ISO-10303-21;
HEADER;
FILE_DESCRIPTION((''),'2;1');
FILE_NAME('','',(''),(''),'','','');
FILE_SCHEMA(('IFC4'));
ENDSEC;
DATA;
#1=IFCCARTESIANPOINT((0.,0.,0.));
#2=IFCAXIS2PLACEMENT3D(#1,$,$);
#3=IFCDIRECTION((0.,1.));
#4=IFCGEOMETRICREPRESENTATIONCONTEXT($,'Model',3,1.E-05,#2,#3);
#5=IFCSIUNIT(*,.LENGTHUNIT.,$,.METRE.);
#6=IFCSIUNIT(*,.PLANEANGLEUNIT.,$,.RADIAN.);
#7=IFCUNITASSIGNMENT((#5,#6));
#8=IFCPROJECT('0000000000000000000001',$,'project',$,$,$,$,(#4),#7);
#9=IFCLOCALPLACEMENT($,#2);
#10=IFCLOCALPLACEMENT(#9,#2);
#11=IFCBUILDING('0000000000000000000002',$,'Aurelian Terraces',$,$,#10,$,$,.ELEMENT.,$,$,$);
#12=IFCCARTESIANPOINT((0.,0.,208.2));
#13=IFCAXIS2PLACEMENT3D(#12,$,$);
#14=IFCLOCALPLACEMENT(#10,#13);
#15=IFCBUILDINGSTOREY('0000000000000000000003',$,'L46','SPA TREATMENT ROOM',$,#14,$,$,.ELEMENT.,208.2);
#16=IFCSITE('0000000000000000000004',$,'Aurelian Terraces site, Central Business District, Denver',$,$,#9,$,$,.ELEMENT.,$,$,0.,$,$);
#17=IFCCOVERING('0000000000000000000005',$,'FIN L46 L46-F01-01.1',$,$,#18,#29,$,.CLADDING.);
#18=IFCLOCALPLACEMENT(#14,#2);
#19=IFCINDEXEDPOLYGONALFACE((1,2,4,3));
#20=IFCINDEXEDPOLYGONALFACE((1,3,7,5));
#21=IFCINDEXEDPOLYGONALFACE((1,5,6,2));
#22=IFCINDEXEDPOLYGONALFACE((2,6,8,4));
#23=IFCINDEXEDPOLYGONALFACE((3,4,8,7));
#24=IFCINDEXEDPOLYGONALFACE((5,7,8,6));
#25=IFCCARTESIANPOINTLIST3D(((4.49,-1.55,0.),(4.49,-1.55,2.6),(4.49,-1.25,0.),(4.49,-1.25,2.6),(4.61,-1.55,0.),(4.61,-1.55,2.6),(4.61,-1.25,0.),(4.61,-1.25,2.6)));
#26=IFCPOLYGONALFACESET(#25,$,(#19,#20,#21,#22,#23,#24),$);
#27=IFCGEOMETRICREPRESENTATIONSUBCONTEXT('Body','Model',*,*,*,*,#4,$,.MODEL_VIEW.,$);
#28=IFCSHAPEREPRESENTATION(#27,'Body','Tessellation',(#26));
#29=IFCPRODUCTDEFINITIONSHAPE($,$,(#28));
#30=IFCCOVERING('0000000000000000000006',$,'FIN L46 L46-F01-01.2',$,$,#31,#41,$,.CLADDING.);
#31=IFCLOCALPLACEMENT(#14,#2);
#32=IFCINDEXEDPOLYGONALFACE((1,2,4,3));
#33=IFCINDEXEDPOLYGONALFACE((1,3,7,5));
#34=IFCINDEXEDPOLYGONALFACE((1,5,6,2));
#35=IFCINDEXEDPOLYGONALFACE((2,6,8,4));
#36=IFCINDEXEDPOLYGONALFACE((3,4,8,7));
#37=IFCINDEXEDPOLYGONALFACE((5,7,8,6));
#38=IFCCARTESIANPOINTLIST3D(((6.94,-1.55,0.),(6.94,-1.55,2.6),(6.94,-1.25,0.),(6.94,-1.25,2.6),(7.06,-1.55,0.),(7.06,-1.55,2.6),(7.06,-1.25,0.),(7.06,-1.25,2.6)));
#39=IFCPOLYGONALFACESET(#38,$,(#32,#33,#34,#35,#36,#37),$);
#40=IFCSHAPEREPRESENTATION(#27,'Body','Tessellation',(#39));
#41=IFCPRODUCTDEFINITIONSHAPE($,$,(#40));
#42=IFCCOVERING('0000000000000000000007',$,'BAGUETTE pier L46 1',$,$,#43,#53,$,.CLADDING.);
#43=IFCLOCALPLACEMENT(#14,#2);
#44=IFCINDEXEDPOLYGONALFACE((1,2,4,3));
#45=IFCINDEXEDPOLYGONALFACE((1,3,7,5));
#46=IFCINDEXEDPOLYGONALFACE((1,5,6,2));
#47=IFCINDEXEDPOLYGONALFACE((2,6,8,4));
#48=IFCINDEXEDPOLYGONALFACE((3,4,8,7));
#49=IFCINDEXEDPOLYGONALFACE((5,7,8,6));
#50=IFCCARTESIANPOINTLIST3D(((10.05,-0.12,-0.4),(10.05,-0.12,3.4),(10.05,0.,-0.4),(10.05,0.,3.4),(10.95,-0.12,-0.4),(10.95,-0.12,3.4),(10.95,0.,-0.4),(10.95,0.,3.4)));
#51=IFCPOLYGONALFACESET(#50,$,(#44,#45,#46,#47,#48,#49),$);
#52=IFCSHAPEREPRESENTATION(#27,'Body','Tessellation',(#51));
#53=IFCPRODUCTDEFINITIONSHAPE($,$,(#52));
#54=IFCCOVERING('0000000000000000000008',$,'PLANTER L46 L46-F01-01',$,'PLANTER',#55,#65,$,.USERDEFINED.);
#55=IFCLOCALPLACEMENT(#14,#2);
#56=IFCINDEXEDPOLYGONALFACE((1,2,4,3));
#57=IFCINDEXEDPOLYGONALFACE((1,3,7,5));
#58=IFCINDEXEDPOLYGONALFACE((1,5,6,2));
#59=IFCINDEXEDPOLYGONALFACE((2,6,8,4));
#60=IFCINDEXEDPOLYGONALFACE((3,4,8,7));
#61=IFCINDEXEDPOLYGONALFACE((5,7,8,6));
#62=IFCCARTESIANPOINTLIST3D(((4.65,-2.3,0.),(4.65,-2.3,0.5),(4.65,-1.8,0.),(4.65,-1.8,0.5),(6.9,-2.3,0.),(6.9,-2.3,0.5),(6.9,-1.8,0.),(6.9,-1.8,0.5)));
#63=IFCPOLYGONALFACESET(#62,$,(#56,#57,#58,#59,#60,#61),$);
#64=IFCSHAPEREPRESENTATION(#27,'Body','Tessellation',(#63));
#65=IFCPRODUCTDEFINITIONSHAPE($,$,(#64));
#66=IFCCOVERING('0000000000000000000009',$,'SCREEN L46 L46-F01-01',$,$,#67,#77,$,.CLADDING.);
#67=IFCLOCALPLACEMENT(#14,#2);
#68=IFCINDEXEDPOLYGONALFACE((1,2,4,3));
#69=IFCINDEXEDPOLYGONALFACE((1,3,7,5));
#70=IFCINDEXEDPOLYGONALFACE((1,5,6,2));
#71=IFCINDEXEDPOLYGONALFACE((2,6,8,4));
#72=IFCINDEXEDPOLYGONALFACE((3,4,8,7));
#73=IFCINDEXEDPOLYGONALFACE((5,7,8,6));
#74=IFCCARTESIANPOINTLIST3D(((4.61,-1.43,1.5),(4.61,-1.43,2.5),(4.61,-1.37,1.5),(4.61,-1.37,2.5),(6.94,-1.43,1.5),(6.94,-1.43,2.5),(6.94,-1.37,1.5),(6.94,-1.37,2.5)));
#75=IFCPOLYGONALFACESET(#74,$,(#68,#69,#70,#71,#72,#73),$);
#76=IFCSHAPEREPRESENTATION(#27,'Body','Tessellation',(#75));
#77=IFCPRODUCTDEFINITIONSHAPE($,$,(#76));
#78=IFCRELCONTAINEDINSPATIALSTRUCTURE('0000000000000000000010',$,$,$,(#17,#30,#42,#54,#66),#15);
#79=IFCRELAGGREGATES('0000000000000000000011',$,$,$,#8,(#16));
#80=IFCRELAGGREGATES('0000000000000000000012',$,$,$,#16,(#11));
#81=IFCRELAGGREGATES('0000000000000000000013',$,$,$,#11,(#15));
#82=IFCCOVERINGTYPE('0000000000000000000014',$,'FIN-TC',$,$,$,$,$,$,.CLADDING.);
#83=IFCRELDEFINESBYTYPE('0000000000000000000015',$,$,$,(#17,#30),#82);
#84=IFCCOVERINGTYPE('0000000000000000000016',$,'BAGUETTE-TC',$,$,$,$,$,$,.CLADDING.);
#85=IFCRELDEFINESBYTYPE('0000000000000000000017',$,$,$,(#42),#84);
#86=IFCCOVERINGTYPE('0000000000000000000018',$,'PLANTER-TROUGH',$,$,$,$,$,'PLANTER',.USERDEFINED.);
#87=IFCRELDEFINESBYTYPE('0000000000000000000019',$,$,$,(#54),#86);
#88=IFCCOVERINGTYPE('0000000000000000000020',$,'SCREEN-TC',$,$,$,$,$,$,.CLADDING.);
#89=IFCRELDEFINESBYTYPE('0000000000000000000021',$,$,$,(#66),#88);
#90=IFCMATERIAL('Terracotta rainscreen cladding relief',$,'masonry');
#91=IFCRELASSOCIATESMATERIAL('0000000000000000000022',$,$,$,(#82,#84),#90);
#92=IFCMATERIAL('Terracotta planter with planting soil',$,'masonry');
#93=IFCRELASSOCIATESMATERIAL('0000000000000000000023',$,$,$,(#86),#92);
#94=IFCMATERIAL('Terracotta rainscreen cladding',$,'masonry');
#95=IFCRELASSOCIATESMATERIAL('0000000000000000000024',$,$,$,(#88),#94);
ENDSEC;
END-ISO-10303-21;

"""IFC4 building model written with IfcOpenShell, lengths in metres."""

from ifc_helpers import new_model, si_unit, direction, frame, origin, origin_2d, place, context, subcontext, project, spatial, rectangle, extrude, source, transform, mapped, material, type_object, element, save


model = new_model("IFC4")

# Units and contexts
model_context = context("Model", 3, precision=1e-05, world=origin(), true_north=direction((0.0, 1.0)))
body_context = subcontext(model_context, "Body", "Model", "MODEL_VIEW")
ifc_project = project(units=[si_unit("LENGTHUNIT", "METRE"), si_unit("PLANEANGLEUNIT", "RADIAN")], contexts=[model_context])

# Site, building, storey
site_placement = place(None, origin())
site = spatial("IfcSite", under=ifc_project, at=site_placement, Name="Aurelian Terraces site, Central Business District, Denver", CompositionType="ELEMENT", RefElevation=0.0)
building_placement = place(site_placement, origin())
building = spatial("IfcBuilding", under=site, at=building_placement, Name="Aurelian Terraces", CompositionType="ELEMENT")
storey_placement = place(building_placement, frame((0.0, 0.0, 208.2)))
storey = spatial("IfcBuildingStorey", under=building, at=storey_placement, Name="L46", Description="SPA TREATMENT ROOM", CompositionType="ELEMENT", Elevation=208.2)

# Shared definitions
ifc_material_1 = material(Name="Terracotta rainscreen cladding", Category="masonry")

# Coverings
ifc_material_2 = material(Name="Terracotta rainscreen cladding relief", Category="masonry")
covering_type_1 = type_object("IfcCoveringType", Name="FIN-TC", PredefinedType="CLADDING", material=ifc_material_2)
shared_shape_1 = source(origin(), body_context, "Body", "SweptSolid", [
    extrude(rectangle(XDim=0.12, YDim=0.3, at=origin_2d()), origin(), (0.0, 0.0, 1.0), 2.6),
])
for number, where, z_axis, x_axis, name in (
    (1, (4.55, -1.4, 0.0), (0.0, 0.0, 1.0), (1.0, 0.0, 0.0), "FIN L46 L46-F01-01.1"),
    (2, (7.0, -1.4, 0.0), (0.0, 0.0, 1.0), (1.0, 0.0, 0.0), "FIN L46 L46-F01-01.2"),
):
    element("IfcCovering", number, at=place(storey_placement, frame(where, z_axis=z_axis, x_axis=x_axis)), inside=storey, type_object=covering_type_1, Name=name, PredefinedType="CLADDING", context=body_context, shape_type="MappedRepresentation", body=[
        mapped(shared_shape_1, transform((0.0, 0.0, 0.0), scale=1.0)),
    ])
covering_type_2 = type_object("IfcCoveringType", Name="BAGUETTE-TC", PredefinedType="CLADDING", material=ifc_material_2)
shared_shape_2 = source(origin(), body_context, "Body", "SweptSolid", [
    extrude(rectangle(XDim=0.9, YDim=0.12, at=origin_2d()), origin(), (0.0, 0.0, 1.0), 3.8),
])
covering_1_placement = place(storey_placement, frame((10.5, -0.06, -0.4), z_axis=(0.0, 0.0, 1.0), x_axis=(1.0, 0.0, 0.0)))
element("IfcCovering", 3, at=covering_1_placement, inside=storey, type_object=covering_type_2, Name="BAGUETTE pier L46 1", PredefinedType="CLADDING", context=body_context, shape_type="MappedRepresentation", body=[
    mapped(shared_shape_2, transform((0.0, 0.0, 0.0), scale=1.0)),
])

# Coverings
ifc_material_3 = material(Name="Terracotta planter with planting soil", Category="masonry")
covering_type_3 = type_object("IfcCoveringType", Name="PLANTER-TROUGH", ElementType="PLANTER", PredefinedType="USERDEFINED", material=ifc_material_3)
shared_shape_3 = source(origin(), body_context, "Body", "SweptSolid", [
    extrude(rectangle(XDim=2.25, YDim=0.5, at=origin_2d()), origin(), (0.0, 0.0, 1.0), 0.5),
])
covering_2_placement = place(storey_placement, frame((5.775, -2.05, 0.0), z_axis=(0.0, 0.0, 1.0), x_axis=(1.0, 0.0, 0.0)))
element("IfcCovering", 4, at=covering_2_placement, inside=storey, type_object=covering_type_3, Name="PLANTER L46 L46-F01-01", ObjectType="PLANTER", PredefinedType="USERDEFINED", context=body_context, shape_type="MappedRepresentation", body=[
    mapped(shared_shape_3, transform((0.0, 0.0, 0.0), scale=1.0)),
])
covering_type_4 = type_object("IfcCoveringType", Name="SCREEN-TC", PredefinedType="CLADDING", material=ifc_material_1)
shared_shape_4 = source(origin(), body_context, "Body", "SweptSolid", [
    extrude(rectangle(XDim=2.33, YDim=0.06, at=origin_2d()), origin(), (0.0, 0.0, 1.0), 1.0),
])
covering_3_placement = place(storey_placement, frame((5.775, -1.4, 1.5), z_axis=(0.0, 0.0, 1.0), x_axis=(1.0, 0.0, 0.0)))
element("IfcCovering", 5, at=covering_3_placement, inside=storey, type_object=covering_type_4, Name="SCREEN L46 L46-F01-01", PredefinedType="CLADDING", context=body_context, shape_type="MappedRepresentation", body=[
    mapped(shared_shape_4, transform((0.0, 0.0, 0.0), scale=1.0)),
])

save(model, "model.ifc")
